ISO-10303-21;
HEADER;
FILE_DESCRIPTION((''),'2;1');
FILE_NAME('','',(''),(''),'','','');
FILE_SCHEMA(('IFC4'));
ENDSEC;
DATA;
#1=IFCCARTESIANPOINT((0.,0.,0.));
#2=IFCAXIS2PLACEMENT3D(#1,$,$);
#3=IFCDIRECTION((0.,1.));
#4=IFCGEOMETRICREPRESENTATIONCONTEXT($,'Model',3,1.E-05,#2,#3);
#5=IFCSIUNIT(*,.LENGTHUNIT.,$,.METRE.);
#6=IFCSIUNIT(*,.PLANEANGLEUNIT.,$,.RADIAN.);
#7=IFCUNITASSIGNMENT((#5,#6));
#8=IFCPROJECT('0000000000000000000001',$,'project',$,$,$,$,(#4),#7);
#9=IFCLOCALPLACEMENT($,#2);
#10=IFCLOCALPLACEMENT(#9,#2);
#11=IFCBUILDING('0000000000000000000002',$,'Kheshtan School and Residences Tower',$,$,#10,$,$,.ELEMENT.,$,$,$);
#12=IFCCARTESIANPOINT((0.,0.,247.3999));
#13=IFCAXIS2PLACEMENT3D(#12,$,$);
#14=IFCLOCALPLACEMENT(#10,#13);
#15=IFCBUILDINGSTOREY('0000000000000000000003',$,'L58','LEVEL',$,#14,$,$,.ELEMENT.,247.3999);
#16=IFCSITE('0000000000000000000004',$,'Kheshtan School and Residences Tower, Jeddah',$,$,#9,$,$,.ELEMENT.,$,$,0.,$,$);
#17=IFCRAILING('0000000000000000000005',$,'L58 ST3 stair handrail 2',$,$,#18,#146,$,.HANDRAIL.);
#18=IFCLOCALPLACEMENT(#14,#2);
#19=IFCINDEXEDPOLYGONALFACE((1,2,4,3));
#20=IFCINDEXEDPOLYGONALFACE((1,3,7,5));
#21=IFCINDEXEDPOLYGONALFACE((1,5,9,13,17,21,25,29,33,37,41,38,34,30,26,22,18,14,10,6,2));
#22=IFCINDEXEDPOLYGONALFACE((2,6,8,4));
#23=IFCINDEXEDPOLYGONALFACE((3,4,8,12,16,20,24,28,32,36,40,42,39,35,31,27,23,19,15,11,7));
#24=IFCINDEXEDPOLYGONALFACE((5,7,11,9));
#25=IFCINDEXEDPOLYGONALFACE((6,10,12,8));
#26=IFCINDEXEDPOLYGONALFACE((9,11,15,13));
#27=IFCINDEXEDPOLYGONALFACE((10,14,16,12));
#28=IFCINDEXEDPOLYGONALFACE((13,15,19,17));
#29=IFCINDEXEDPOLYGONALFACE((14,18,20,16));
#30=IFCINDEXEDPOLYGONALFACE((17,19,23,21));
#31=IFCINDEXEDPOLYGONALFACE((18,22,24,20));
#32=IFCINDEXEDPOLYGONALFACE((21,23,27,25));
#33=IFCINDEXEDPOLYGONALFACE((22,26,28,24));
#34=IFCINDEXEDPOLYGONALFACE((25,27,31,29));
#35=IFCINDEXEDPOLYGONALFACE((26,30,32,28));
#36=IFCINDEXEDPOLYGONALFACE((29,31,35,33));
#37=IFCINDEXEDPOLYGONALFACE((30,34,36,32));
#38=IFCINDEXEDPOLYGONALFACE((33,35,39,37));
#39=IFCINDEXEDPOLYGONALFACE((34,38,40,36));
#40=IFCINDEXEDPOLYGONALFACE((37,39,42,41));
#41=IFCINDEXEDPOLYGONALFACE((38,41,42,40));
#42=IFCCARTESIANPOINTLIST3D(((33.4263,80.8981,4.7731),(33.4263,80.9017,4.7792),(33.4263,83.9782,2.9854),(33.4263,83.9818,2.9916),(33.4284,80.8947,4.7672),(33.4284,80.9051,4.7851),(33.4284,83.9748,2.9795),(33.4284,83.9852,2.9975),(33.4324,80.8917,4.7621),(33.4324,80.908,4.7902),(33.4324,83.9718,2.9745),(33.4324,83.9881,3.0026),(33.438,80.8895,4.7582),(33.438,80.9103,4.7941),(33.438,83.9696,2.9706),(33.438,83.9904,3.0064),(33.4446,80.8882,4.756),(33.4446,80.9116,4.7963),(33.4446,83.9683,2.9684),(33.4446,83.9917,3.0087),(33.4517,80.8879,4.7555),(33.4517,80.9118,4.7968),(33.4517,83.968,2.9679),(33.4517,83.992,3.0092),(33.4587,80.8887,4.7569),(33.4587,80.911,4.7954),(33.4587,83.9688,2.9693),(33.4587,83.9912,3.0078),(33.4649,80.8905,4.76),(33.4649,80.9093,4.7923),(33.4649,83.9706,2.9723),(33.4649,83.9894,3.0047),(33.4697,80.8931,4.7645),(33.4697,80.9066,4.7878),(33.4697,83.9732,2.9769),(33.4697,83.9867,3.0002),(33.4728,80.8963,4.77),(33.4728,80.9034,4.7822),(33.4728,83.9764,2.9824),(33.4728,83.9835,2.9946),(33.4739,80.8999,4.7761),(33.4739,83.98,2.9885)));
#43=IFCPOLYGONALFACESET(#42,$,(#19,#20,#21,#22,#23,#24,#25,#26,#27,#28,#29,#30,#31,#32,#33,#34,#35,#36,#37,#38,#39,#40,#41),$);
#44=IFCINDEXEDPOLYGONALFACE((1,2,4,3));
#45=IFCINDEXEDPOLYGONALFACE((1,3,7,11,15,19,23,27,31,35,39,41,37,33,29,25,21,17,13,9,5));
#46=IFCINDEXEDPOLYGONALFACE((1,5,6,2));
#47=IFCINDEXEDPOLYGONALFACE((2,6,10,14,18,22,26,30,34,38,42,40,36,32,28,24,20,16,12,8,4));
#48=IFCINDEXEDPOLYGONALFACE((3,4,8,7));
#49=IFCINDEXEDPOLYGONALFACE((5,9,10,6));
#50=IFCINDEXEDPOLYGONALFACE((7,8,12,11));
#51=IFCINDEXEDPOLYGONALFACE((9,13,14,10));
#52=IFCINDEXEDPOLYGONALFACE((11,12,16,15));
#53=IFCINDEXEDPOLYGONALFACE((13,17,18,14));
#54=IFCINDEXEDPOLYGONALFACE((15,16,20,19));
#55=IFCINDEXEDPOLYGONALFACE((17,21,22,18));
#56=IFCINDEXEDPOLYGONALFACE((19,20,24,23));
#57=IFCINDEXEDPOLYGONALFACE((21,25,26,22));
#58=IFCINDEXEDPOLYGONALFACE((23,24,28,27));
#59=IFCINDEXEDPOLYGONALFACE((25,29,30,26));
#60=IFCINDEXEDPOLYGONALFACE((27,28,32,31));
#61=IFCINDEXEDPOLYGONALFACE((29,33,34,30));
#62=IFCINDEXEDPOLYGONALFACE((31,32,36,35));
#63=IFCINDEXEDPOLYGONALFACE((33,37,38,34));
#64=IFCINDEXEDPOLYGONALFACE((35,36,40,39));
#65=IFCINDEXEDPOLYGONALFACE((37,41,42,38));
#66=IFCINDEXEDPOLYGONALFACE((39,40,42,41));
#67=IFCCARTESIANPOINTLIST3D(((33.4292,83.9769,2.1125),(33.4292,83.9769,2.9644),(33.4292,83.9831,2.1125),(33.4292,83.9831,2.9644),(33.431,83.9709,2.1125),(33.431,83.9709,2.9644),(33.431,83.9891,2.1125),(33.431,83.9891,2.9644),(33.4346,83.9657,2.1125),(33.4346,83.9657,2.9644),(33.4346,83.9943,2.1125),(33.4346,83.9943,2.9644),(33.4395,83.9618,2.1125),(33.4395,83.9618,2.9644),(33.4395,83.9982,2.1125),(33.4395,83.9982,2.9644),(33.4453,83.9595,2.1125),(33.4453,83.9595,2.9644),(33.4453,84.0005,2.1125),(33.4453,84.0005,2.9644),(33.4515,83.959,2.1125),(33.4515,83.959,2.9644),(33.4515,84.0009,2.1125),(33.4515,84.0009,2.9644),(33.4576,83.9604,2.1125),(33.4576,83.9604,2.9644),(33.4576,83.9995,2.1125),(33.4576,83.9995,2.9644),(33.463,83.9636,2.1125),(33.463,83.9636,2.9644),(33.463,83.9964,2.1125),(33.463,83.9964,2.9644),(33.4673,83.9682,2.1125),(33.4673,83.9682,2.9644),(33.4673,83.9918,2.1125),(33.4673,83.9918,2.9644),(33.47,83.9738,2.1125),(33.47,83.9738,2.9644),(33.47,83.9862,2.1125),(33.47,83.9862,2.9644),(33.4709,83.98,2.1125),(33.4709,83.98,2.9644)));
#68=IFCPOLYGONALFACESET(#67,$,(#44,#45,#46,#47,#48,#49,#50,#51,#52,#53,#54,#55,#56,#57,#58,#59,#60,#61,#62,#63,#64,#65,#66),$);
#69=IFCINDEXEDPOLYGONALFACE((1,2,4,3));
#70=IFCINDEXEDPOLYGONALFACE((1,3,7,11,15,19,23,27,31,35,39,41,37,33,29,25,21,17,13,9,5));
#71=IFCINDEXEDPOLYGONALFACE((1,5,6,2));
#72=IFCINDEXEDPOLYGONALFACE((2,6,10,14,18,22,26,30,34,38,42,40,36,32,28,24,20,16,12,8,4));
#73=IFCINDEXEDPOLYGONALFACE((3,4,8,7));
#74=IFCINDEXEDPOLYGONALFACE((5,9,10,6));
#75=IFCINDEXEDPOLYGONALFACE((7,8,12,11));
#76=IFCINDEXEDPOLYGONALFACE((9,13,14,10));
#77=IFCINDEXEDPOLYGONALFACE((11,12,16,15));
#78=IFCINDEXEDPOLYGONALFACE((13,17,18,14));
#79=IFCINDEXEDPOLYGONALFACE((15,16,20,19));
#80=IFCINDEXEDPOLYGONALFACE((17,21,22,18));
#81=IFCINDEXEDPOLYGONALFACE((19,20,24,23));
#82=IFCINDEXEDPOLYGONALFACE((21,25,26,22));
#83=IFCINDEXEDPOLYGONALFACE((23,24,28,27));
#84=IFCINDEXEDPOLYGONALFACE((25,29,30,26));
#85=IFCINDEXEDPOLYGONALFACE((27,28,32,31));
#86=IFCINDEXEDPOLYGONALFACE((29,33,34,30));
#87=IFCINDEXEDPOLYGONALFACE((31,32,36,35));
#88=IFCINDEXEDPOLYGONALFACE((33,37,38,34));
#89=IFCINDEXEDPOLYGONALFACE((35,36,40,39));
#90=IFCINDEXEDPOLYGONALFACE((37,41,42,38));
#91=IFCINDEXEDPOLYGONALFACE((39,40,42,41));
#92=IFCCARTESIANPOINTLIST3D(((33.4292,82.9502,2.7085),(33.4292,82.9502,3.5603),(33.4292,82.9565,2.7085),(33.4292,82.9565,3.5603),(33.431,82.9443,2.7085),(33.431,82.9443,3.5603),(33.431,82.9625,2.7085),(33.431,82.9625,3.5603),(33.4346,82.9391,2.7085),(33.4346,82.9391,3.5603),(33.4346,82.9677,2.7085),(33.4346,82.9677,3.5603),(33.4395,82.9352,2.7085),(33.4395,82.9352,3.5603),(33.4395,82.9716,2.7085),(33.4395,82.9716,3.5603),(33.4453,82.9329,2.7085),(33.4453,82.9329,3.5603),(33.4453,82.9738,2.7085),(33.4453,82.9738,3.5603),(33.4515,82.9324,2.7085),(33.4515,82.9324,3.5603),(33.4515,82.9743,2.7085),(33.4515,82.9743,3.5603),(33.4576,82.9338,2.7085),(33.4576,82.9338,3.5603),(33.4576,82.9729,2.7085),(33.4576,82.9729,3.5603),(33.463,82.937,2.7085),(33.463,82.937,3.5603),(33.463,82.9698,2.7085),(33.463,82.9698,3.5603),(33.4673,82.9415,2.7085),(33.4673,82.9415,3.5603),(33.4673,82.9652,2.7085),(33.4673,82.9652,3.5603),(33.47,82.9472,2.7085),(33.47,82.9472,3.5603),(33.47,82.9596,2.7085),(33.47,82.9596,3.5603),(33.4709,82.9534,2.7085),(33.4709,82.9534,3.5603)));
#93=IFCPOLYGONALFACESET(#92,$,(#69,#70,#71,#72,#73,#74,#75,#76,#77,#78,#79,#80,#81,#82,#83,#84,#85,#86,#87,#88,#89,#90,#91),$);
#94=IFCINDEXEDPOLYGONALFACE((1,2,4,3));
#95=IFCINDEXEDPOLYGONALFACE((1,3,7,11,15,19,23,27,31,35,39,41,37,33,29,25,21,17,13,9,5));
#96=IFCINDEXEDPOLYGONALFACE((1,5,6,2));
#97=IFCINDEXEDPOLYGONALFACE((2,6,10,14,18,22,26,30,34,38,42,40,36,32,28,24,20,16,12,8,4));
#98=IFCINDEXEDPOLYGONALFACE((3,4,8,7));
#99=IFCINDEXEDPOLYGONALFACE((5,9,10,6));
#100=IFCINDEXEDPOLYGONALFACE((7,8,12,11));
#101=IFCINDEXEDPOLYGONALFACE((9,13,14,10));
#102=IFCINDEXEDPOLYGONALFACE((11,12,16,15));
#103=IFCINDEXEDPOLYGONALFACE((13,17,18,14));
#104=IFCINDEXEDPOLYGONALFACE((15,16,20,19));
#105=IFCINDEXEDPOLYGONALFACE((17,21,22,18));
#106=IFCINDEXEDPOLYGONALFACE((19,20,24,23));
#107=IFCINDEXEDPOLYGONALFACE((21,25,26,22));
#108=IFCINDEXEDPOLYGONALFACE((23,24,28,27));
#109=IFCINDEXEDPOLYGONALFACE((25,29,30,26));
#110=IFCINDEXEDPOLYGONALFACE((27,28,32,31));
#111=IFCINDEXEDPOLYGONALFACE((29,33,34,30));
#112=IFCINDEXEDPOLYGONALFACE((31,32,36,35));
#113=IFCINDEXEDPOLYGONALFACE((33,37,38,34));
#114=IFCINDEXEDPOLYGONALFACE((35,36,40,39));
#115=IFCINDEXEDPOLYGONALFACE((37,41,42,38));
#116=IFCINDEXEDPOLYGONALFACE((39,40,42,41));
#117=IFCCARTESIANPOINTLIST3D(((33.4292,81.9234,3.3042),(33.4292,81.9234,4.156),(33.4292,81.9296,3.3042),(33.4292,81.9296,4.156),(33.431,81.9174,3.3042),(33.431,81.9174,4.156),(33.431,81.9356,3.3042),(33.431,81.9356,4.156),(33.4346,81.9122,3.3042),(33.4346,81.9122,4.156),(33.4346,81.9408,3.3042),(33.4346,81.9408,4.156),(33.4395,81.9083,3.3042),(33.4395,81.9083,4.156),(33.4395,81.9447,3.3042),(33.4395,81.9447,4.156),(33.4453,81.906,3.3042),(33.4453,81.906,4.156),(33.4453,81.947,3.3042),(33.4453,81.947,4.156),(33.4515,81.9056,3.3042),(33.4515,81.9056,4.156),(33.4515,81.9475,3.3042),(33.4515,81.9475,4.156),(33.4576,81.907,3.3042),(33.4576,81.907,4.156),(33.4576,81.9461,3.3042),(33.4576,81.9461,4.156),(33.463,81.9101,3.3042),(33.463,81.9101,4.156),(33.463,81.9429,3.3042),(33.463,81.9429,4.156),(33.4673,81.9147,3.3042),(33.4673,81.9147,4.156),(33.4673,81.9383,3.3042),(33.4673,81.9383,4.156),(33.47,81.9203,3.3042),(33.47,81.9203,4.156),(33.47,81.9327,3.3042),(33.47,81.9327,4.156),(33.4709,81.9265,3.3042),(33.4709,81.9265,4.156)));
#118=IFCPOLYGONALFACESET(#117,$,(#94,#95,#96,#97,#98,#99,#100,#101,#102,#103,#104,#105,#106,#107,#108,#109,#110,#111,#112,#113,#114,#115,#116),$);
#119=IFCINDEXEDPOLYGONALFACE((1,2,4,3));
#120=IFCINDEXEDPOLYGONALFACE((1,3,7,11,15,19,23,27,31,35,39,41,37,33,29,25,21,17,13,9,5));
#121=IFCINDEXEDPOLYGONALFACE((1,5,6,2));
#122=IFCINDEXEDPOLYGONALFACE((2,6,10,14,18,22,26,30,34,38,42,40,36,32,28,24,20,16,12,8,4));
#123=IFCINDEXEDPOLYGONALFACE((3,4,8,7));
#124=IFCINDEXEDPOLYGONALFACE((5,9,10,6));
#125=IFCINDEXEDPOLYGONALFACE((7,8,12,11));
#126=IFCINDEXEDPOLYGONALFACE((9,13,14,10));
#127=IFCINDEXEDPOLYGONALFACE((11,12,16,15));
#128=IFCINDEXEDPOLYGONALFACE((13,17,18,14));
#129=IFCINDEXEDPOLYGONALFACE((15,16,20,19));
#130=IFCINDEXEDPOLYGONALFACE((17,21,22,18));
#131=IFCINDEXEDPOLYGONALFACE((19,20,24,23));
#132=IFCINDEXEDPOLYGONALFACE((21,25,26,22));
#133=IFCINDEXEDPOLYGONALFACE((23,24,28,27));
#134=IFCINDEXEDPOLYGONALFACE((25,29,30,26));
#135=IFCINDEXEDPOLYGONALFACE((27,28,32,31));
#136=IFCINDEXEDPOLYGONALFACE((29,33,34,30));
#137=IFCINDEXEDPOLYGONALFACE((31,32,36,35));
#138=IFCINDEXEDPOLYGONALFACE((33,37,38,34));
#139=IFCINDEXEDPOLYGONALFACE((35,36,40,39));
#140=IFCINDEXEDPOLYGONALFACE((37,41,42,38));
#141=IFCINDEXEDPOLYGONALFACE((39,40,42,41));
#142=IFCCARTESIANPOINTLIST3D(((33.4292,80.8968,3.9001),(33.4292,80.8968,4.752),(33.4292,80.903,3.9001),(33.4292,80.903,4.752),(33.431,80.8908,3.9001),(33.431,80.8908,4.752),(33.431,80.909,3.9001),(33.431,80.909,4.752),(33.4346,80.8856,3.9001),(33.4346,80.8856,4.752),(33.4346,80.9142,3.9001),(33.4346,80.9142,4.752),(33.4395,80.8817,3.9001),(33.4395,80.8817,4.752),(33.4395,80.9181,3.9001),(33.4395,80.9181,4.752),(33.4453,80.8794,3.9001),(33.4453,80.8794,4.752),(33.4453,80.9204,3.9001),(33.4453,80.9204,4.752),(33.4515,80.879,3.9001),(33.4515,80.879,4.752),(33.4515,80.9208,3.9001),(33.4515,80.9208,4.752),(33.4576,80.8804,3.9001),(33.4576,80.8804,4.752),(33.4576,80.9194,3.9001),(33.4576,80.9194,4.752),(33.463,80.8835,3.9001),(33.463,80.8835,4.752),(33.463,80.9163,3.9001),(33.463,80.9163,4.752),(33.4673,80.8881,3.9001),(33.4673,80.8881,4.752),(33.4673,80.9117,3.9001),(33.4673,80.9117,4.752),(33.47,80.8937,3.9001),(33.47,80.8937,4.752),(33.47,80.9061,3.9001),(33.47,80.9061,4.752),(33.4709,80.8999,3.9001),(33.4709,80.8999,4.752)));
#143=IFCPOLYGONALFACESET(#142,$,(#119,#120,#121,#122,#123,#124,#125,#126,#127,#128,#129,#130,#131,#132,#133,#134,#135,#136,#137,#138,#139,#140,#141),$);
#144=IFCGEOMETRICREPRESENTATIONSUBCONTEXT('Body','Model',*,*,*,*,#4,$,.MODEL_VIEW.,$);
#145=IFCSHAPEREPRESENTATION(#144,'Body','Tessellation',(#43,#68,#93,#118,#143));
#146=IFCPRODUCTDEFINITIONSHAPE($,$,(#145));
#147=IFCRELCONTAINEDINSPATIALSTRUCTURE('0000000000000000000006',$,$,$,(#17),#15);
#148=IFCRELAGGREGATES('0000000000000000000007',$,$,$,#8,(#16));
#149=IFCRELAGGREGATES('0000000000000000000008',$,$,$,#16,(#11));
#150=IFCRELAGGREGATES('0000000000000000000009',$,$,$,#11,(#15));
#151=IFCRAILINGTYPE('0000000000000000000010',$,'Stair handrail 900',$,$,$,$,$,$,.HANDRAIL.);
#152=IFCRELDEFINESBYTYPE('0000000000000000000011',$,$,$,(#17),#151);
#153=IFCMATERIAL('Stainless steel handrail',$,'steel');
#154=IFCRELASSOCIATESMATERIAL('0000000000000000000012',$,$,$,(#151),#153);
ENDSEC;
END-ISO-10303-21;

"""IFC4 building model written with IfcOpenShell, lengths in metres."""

from ifc_helpers import new_model, si_unit, direction, frame, origin, origin_2d, place, context, subcontext, project, spatial, circle, extrude, material, type_object, element, save


model = new_model("IFC4")

# Units and contexts
model_context = context("Model", 3, precision=1e-05, world=origin(), true_north=direction((0.0, 1.0)))
body_context = subcontext(model_context, "Body", "Model", "MODEL_VIEW")
ifc_project = project(units=[si_unit("LENGTHUNIT", "METRE"), si_unit("PLANEANGLEUNIT", "RADIAN")], contexts=[model_context])

# Site, building, storey
site_placement = place(None, origin())
site = spatial("IfcSite", under=ifc_project, at=site_placement, Name="Kheshtan School and Residences Tower, Jeddah", CompositionType="ELEMENT", RefElevation=0.0)
building_placement = place(site_placement, origin())
building = spatial("IfcBuilding", under=site, at=building_placement, Name="Kheshtan School and Residences Tower", CompositionType="ELEMENT")
storey_placement = place(building_placement, frame((0.0, 0.0, 247.3999)))
storey = spatial("IfcBuildingStorey", under=building, at=storey_placement, Name="L58", Description="LEVEL", CompositionType="ELEMENT", Elevation=247.3999)

# Railing
ifc_material_1 = material(Name="Stainless steel handrail", Category="steel")
railing_type_1 = type_object("IfcRailingType", Name="Stair handrail 900", PredefinedType="HANDRAIL", material=ifc_material_1)
railing_1_placement = place(storey_placement, frame((33.45, 83.98, 2.1125)))
element("IfcRailing", 1, at=railing_1_placement, inside=storey, type_object=railing_type_1, Name="L58 ST3 stair handrail 2", PredefinedType="HANDRAIL", context=body_context, shape_type="SweptSolid", body=[
    extrude(circle(Radius=0.0239, at=origin_2d()), frame((0.0, 0.0, 0.876), z_axis=(0.0, -0.864891, 0.50196), x_axis=(1.0, 0.0, 0.0)), (0.0, 0.0, 1.0), 3.5613),
    extrude(circle(Radius=0.021, at=origin_2d()), origin(), (0.0, 0.0, 1.0), 0.8518),
    extrude(circle(Radius=0.021, at=origin_2d()), frame((0.0, -1.0266, 0.5959)), (0.0, 0.0, 1.0), 0.8518),
    extrude(circle(Radius=0.021, at=origin_2d()), frame((0.0, -2.0535, 1.1917)), (0.0, 0.0, 1.0), 0.8518),
    extrude(circle(Radius=0.021, at=origin_2d()), frame((0.0, -3.0801, 1.7876)), (0.0, 0.0, 1.0), 0.8518),
])

save(model, "model.ifc")
